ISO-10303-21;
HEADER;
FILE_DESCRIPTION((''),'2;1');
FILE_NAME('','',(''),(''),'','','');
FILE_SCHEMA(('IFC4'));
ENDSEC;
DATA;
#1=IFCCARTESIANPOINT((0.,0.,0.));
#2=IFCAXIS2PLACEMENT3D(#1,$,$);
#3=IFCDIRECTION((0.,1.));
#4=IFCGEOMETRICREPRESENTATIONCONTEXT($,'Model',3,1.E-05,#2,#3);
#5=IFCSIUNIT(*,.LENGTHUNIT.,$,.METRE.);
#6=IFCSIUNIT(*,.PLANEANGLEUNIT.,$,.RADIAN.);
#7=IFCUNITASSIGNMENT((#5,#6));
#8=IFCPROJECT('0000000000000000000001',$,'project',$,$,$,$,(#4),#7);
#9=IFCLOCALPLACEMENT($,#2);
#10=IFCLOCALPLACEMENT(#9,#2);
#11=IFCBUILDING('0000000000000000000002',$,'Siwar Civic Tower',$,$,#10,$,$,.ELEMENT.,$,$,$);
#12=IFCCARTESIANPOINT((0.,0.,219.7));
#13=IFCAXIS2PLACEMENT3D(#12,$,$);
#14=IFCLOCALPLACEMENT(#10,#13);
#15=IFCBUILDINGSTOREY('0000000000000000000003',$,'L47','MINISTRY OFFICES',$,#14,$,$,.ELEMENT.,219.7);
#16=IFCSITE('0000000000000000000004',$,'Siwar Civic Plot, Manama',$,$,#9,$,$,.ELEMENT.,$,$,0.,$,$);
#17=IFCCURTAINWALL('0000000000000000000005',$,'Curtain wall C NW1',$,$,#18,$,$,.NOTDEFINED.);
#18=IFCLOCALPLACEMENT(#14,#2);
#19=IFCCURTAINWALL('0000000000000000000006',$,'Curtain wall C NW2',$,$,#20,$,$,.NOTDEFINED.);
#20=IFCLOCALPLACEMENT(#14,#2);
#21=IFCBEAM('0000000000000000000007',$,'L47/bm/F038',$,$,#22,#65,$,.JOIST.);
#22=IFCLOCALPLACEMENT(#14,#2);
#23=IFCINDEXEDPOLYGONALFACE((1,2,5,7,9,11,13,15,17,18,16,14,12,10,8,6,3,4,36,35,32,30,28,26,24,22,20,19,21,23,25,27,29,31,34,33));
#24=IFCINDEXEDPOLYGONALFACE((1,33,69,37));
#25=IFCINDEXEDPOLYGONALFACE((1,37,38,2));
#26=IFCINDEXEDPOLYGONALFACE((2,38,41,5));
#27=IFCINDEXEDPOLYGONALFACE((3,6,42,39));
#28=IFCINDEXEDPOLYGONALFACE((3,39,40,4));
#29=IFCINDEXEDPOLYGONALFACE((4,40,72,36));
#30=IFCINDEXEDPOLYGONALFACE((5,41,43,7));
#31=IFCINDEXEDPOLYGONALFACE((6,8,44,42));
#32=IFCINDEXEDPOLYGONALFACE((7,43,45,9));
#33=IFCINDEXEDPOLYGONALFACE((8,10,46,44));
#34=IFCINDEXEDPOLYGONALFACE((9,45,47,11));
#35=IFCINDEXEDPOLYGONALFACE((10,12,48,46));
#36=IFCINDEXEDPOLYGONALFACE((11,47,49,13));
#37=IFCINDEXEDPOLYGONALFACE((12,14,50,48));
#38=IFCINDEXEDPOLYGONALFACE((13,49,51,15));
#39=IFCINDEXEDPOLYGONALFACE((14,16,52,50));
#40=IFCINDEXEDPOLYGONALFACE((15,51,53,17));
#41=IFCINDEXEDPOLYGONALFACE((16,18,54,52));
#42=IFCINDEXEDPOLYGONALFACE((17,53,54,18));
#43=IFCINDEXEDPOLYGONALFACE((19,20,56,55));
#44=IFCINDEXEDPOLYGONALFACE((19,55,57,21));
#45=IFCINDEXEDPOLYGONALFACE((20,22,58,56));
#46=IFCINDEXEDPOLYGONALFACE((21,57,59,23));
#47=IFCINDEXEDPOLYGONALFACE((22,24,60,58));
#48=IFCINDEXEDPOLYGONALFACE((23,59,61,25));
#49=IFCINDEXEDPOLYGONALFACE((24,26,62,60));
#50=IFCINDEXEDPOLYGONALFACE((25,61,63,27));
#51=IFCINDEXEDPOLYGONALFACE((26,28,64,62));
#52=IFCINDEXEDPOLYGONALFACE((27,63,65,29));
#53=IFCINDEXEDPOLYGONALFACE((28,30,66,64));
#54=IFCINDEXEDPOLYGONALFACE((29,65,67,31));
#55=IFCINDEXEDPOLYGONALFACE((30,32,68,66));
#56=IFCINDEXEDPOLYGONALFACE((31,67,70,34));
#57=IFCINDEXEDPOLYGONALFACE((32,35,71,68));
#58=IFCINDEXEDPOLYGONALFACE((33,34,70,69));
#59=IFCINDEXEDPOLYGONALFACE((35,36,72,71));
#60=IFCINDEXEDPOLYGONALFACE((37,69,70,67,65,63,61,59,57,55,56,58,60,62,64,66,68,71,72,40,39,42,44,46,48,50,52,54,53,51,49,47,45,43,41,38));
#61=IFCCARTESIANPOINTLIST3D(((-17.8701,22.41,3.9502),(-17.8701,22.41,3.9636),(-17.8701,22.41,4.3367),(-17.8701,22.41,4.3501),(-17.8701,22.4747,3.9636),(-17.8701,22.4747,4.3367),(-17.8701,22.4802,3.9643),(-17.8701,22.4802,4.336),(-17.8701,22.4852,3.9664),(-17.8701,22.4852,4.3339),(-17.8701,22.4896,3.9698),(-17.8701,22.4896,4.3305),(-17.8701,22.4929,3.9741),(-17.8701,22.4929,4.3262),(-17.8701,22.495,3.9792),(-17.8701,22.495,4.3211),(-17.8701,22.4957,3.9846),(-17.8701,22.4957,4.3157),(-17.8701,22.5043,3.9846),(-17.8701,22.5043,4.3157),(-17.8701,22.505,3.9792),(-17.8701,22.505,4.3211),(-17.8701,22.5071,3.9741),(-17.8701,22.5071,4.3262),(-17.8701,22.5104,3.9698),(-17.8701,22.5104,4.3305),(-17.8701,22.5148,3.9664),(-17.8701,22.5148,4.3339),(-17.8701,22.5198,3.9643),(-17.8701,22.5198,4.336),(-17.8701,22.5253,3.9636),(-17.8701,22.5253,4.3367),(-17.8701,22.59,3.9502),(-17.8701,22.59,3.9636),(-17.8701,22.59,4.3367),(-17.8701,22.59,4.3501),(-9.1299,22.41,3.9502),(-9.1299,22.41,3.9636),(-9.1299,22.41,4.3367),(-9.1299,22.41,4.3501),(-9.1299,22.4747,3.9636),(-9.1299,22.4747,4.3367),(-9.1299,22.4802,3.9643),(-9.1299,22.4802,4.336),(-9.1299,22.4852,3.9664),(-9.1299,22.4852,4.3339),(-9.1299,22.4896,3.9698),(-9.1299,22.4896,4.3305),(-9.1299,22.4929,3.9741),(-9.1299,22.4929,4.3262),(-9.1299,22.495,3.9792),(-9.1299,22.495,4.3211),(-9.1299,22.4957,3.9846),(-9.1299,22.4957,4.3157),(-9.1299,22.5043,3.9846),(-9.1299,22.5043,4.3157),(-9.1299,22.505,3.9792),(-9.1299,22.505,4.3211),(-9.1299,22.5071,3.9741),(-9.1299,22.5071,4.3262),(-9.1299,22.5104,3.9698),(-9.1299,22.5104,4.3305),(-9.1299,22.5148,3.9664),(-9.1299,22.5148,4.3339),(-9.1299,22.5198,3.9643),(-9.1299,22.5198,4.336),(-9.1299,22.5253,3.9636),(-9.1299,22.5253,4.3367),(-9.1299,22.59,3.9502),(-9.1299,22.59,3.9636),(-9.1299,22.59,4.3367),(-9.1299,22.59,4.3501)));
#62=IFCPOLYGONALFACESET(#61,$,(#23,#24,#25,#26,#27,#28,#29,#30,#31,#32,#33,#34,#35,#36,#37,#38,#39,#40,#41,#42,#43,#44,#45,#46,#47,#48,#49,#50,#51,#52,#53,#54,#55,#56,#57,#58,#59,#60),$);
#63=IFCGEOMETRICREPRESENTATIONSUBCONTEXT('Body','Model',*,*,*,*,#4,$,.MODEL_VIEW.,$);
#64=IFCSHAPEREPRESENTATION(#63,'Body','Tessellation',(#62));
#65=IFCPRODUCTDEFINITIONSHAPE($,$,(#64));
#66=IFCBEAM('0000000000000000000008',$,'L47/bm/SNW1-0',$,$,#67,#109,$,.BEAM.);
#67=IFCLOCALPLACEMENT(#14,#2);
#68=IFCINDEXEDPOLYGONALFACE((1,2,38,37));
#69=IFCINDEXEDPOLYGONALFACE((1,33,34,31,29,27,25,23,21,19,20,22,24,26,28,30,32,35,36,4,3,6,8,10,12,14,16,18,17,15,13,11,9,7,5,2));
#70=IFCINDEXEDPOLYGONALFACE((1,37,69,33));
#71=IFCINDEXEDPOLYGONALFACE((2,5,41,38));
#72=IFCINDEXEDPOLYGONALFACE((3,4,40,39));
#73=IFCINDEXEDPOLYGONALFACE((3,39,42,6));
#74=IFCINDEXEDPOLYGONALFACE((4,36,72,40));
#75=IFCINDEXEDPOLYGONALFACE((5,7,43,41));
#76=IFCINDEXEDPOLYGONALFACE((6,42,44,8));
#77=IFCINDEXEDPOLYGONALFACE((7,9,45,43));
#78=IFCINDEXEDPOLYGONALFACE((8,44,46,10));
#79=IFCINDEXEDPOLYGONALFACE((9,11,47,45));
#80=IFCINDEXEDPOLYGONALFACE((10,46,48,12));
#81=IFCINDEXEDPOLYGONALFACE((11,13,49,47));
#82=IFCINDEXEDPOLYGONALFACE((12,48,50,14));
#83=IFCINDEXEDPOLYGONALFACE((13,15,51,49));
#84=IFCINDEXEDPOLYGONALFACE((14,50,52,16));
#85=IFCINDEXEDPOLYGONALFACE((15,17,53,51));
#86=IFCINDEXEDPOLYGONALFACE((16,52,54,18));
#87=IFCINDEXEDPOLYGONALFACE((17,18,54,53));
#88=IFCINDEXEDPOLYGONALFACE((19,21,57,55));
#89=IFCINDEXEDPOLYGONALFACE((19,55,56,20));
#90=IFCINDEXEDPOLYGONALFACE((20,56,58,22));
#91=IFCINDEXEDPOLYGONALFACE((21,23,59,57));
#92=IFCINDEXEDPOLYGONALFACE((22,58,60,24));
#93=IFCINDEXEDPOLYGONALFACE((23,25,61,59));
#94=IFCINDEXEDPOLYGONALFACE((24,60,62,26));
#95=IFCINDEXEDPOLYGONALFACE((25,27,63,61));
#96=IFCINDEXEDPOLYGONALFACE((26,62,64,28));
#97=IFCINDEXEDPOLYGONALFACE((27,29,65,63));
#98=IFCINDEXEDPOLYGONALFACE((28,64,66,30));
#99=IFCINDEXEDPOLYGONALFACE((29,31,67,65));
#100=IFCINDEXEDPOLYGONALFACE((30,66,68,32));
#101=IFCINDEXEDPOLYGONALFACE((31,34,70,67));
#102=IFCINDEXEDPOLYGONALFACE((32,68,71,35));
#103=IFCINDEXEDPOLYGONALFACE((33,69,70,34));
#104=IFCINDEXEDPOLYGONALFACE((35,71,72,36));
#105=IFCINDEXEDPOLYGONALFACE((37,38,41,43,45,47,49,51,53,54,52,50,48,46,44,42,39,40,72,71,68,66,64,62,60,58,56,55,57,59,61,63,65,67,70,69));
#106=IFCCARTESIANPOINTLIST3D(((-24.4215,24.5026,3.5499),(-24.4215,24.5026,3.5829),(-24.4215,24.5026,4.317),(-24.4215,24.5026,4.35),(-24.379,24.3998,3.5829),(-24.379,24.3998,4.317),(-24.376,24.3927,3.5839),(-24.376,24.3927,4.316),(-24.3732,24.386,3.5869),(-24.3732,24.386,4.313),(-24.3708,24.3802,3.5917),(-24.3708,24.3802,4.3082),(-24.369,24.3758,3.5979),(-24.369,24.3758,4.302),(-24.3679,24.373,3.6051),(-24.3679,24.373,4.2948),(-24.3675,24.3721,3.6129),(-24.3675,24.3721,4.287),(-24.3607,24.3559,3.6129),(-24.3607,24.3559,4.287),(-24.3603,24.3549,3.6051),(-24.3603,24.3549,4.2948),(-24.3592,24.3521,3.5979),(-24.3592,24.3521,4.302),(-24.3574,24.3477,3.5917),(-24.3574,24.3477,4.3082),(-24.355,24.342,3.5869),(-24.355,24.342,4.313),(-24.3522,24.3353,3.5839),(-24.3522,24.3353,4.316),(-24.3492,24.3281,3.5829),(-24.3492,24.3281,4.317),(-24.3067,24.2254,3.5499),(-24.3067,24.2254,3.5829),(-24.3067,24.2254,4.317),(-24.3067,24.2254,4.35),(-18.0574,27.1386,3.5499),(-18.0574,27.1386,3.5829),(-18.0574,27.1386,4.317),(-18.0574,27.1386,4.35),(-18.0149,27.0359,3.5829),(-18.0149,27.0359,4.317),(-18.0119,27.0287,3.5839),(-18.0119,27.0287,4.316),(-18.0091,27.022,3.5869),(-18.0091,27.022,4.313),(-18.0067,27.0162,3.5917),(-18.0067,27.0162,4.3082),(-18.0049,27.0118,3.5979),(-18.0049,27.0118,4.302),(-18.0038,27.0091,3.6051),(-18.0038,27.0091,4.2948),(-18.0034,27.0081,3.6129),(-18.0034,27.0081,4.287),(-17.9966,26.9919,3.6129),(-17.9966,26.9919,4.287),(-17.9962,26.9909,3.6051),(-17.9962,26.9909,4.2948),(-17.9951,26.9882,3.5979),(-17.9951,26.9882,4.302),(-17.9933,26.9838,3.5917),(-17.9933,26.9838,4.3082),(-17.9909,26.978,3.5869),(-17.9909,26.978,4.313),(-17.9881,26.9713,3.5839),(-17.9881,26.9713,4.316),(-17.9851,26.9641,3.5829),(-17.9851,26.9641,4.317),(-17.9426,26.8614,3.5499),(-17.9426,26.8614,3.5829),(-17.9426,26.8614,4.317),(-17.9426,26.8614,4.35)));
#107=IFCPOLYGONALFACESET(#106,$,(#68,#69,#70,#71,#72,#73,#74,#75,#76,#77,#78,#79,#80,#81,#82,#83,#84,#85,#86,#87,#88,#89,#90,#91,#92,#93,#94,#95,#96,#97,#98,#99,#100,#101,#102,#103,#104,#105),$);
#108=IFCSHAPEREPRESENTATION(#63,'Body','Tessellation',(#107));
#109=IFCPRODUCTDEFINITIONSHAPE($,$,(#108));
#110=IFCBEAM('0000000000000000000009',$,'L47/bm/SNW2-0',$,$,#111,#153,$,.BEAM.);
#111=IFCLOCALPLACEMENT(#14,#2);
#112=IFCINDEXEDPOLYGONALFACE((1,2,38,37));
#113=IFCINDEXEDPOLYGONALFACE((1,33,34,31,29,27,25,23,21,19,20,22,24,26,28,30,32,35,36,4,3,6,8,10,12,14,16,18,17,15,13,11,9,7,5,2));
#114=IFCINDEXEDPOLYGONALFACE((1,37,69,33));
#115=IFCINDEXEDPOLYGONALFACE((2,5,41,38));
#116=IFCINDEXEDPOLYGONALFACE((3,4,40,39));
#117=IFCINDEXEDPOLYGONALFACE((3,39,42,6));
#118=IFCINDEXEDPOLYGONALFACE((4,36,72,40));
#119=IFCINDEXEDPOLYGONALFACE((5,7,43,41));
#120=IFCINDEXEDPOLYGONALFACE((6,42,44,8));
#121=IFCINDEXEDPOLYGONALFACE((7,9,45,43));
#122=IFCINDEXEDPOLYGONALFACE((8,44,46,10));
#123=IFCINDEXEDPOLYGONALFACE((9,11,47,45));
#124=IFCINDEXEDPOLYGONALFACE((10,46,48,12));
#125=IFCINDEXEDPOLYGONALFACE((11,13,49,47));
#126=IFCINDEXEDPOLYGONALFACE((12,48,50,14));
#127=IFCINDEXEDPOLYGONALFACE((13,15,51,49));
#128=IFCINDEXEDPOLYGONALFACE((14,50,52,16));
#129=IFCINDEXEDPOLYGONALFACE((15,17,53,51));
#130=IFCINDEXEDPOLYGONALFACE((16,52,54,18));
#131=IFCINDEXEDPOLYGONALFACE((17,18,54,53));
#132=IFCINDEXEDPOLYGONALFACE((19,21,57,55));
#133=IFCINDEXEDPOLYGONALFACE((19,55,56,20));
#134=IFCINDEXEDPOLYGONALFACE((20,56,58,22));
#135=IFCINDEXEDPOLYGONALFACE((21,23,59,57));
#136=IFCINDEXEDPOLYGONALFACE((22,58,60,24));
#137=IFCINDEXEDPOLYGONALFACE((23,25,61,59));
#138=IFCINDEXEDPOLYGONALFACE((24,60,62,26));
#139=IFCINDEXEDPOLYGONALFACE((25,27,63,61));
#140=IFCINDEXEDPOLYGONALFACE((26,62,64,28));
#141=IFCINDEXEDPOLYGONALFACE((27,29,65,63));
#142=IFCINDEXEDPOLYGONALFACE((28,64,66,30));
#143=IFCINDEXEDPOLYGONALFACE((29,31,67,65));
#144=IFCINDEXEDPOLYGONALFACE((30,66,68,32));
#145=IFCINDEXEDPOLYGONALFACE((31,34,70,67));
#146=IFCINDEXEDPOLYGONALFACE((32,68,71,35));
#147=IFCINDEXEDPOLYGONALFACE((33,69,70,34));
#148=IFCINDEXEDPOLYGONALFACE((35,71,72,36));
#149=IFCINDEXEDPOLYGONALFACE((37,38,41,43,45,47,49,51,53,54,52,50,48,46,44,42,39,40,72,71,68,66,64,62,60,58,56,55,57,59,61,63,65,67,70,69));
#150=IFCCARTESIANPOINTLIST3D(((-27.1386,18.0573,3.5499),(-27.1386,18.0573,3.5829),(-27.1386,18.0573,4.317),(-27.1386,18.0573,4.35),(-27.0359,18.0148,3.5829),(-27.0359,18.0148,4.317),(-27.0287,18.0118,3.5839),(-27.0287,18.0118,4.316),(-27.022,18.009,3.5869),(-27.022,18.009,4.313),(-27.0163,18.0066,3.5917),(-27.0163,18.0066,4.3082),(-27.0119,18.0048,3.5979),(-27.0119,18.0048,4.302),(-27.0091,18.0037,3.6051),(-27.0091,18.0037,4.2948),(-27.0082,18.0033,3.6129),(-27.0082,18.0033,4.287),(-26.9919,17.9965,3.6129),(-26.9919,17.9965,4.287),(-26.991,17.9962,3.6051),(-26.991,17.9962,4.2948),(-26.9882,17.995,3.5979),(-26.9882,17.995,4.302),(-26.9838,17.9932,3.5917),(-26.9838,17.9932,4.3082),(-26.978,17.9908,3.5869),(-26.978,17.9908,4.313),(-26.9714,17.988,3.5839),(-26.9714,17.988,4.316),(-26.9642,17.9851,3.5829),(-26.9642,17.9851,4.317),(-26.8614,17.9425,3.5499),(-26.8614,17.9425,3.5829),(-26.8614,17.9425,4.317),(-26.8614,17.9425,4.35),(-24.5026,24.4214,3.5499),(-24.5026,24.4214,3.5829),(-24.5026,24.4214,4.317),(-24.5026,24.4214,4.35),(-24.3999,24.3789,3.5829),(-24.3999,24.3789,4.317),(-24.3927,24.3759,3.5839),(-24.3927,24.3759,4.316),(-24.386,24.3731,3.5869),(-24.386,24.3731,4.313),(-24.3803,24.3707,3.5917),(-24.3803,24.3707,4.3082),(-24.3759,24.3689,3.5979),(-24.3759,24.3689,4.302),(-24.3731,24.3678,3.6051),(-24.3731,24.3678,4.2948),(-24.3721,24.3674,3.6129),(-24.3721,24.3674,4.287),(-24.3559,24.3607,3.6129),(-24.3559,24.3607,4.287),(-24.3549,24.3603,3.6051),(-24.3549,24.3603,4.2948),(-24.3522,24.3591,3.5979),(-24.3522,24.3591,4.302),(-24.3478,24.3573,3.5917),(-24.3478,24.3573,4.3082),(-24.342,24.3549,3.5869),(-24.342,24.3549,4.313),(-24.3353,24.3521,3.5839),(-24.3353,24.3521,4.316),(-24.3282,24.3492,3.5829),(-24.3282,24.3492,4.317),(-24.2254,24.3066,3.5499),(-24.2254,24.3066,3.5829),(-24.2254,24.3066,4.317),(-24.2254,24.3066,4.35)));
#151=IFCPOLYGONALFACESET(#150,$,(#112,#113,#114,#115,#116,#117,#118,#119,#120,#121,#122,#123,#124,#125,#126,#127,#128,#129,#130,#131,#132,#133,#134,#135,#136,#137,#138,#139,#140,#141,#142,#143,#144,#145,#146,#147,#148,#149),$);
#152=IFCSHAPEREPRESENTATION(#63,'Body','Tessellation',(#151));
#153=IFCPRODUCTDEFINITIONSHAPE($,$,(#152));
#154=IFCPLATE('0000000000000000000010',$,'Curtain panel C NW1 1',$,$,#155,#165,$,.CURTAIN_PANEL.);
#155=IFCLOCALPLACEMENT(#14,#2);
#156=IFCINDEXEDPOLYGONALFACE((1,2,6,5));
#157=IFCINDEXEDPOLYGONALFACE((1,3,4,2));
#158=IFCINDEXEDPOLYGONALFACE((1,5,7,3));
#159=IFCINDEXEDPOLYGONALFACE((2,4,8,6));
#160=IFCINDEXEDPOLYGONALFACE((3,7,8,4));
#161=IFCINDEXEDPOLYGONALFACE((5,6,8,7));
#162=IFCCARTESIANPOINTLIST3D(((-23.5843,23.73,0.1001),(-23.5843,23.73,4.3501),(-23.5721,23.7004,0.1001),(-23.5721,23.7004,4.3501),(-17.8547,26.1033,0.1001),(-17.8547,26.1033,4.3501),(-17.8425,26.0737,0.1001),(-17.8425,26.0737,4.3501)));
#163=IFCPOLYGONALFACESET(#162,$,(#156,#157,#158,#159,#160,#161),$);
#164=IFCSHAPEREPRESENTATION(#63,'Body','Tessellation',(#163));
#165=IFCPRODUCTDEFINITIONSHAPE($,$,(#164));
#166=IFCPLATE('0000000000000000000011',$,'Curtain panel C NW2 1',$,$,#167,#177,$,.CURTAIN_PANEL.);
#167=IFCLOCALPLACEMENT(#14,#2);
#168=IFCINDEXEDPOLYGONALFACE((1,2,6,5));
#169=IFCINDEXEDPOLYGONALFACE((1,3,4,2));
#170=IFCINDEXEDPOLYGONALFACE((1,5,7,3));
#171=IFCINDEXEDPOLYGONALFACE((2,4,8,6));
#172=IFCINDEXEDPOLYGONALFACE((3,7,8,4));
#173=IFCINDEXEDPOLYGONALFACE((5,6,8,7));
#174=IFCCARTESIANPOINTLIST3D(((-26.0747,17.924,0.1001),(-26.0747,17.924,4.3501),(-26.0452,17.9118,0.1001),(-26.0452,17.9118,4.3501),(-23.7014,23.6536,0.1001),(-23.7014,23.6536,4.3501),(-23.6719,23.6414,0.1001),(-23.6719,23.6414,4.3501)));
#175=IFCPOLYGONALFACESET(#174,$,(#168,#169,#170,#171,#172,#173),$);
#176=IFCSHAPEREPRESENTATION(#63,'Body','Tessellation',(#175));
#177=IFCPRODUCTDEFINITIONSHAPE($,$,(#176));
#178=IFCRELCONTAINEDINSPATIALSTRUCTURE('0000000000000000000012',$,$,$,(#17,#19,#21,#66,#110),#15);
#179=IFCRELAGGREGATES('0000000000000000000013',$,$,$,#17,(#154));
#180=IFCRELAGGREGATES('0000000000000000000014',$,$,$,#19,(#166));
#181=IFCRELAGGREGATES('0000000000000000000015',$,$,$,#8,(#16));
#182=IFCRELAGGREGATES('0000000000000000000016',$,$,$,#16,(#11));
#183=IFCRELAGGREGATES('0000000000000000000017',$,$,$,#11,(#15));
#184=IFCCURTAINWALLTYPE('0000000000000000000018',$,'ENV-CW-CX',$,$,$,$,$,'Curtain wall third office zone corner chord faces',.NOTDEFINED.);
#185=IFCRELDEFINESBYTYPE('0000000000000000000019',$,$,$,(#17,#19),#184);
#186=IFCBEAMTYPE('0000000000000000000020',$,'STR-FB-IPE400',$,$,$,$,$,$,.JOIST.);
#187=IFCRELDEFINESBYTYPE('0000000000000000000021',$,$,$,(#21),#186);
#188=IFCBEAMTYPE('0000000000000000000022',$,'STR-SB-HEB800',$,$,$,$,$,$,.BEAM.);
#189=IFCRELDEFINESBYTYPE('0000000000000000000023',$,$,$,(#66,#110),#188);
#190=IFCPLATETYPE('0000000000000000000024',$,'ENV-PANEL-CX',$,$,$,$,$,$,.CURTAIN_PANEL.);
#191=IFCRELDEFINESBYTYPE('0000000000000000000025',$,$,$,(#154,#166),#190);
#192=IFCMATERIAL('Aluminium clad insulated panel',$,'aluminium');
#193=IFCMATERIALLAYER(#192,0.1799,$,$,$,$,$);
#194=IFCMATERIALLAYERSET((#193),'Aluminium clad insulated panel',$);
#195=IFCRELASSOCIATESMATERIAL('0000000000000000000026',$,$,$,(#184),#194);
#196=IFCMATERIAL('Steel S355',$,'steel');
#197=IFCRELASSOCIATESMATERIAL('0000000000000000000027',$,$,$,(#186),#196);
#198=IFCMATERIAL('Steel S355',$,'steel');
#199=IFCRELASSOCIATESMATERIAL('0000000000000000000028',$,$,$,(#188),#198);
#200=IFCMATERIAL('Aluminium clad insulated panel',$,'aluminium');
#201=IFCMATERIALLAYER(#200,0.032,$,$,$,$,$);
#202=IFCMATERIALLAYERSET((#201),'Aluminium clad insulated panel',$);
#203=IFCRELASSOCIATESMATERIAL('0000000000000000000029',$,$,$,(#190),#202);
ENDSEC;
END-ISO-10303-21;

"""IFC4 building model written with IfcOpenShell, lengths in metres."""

from ifc_helpers import new_model, si_unit, direction, frame, origin, origin_2d, place, context, subcontext, project, spatial, rectangle, i_section, extrude, material, layer, layer_set, material_profile, profile_set, type_object, element, aggregate, save


model = new_model("IFC4")

# Units and contexts
model_context = context("Model", 3, precision=1e-05, world=origin(), true_north=direction((0.0, 1.0)))
body_context = subcontext(model_context, "Body", "Model", "MODEL_VIEW")
ifc_project = project(units=[si_unit("LENGTHUNIT", "METRE"), si_unit("PLANEANGLEUNIT", "RADIAN")], contexts=[model_context])

# Site, building, storey
site_placement = place(None, origin())
site = spatial("IfcSite", under=ifc_project, at=site_placement, Name="Siwar Civic Plot, Manama", CompositionType="ELEMENT", RefElevation=0.0)
building_placement = place(site_placement, origin())
building = spatial("IfcBuilding", under=site, at=building_placement, Name="Siwar Civic Tower", CompositionType="ELEMENT")
storey_placement = place(building_placement, frame((0.0, 0.0, 219.7)))
storey = spatial("IfcBuildingStorey", under=building, at=storey_placement, Name="L47", Description="MINISTRY OFFICES", CompositionType="ELEMENT", Elevation=219.7)

# Curtain walls
ifc_material_1 = material(Name="Aluminium clad insulated panel", Category="aluminium")
ifc_layer_1 = layer(ifc_material_1, 0.1799)
ifc_layer_set_1 = layer_set([ifc_layer_1], Name="Aluminium clad insulated panel")
curtain_wall_type = type_object("IfcCurtainWallType", Name="ENV-CW-CX", ElementType="Curtain wall third office zone corner chord faces", PredefinedType="NOTDEFINED", material=ifc_layer_set_1)
curtain_wall_1_placement = place(storey_placement, origin())
curtain_wall_1 = element("IfcCurtainWall", 1, at=curtain_wall_1_placement, inside=storey, type_object=curtain_wall_type, Name="Curtain wall C NW1", PredefinedType="NOTDEFINED")
curtain_wall_2_placement = place(storey_placement, origin())
curtain_wall_2 = element("IfcCurtainWall", 2, at=curtain_wall_2_placement, inside=storey, type_object=curtain_wall_type, Name="Curtain wall C NW2", PredefinedType="NOTDEFINED")

# Beams
ifc_material_2 = material(Name="Steel S355", Category="steel")
ifc_material_profile_1 = material_profile(ifc_material_2, i_section(OverallWidth=0.1799, OverallDepth=0.3999, WebThickness=0.0085, FlangeThickness=0.0134, FilletRadius=0.021, at=origin_2d()), Name="IPE400")
ifc_profile_set_1 = profile_set([ifc_material_profile_1], Name="Steel S355")
beam_type_1 = type_object("IfcBeamType", Name="STR-FB-IPE400", PredefinedType="JOIST", material=ifc_profile_set_1)
beam_1_placement = place(storey_placement, frame((-17.8701, 22.5, 4.1501), z_axis=(1.0, 0.0, 0.0), x_axis=(0.0, 1.0, 0.0)))
element("IfcBeam", 3, at=beam_1_placement, inside=storey, type_object=beam_type_1, Name="L47/bm/F038", PredefinedType="JOIST", context=body_context, shape_type="SweptSolid", body=[
    extrude(i_section(OverallWidth=0.1799, OverallDepth=0.3999, WebThickness=0.0085, FlangeThickness=0.0134, FilletRadius=0.021, at=origin_2d()), origin(), (0.0, 0.0, 1.0), 8.7402),
])
ifc_material_3 = material(Name="Steel S355", Category="steel")
ifc_material_profile_2 = material_profile(ifc_material_3, i_section(OverallWidth=0.3, OverallDepth=0.8, WebThickness=0.0176, FlangeThickness=0.033, FilletRadius=0.03, at=origin_2d()), Name="HEB800")
ifc_profile_set_2 = profile_set([ifc_material_profile_2], Name="Steel S355")
beam_type_2 = type_object("IfcBeamType", Name="STR-SB-HEB800", PredefinedType="BEAM", material=ifc_profile_set_2)
for number, where, z_axis, x_axis, name in (
    (4, (-18.0, 27.0, 3.95), (-0.923883, -0.382674, 0.0), (0.382674, -0.923883, 0.0), "L47/bm/SNW1-0"),
    (5, (-24.364, 24.364, 3.95), (-0.382674, -0.923883, 0.0), (0.923883, -0.382674, 0.0), "L47/bm/SNW2-0"),
):
    element("IfcBeam", number, at=place(storey_placement, frame(where, z_axis=z_axis, x_axis=x_axis)), inside=storey, type_object=beam_type_2, Name=name, PredefinedType="BEAM", context=body_context, shape_type="SweptSolid", body=[
        extrude(i_section(OverallWidth=0.3, OverallDepth=0.8, WebThickness=0.0176, FlangeThickness=0.033, FilletRadius=0.03, at=origin_2d()), origin(), (0.0, 0.0, 1.0), 6.8884),
    ])

# Plates
ifc_material_4 = material(Name="Aluminium clad insulated panel", Category="aluminium")
ifc_layer_2 = layer(ifc_material_4, 0.032)
ifc_layer_set_2 = layer_set([ifc_layer_2], Name="Aluminium clad insulated panel")
plate_type = type_object("IfcPlateType", Name="ENV-PANEL-CX", PredefinedType="CURTAIN_PANEL", material=ifc_layer_set_2)
plate_1_placement = place(storey_placement, frame((-20.7134, 24.9019, 0.1001), z_axis=(0.0, 0.0, 1.0), x_axis=(-0.92388, -0.382683, 0.0)))
plate_1 = element("IfcPlate", 6, at=plate_1_placement, type_object=plate_type, Name="Curtain panel C NW1 1", PredefinedType="CURTAIN_PANEL", context=body_context, shape_type="SweptSolid", body=[
    extrude(rectangle(XDim=6.2017, YDim=0.032, at=origin_2d()), origin(), (0.0, 0.0, 1.0), 4.25),
])
aggregate(curtain_wall_1, [plate_1])
plate_2_placement = place(storey_placement, frame((-24.8733, 20.7827, 0.1001), z_axis=(0.0, 0.0, 1.0), x_axis=(-0.382683, -0.92388, 0.0)))
plate_2 = element("IfcPlate", 7, at=plate_2_placement, type_object=plate_type, Name="Curtain panel C NW2 1", PredefinedType="CURTAIN_PANEL", context=body_context, shape_type="SweptSolid", body=[
    extrude(rectangle(XDim=6.2017, YDim=0.032, at=origin_2d()), origin(), (0.0, 0.0, 1.0), 4.25),
])
aggregate(curtain_wall_2, [plate_2])

save(model, "model.ifc")
